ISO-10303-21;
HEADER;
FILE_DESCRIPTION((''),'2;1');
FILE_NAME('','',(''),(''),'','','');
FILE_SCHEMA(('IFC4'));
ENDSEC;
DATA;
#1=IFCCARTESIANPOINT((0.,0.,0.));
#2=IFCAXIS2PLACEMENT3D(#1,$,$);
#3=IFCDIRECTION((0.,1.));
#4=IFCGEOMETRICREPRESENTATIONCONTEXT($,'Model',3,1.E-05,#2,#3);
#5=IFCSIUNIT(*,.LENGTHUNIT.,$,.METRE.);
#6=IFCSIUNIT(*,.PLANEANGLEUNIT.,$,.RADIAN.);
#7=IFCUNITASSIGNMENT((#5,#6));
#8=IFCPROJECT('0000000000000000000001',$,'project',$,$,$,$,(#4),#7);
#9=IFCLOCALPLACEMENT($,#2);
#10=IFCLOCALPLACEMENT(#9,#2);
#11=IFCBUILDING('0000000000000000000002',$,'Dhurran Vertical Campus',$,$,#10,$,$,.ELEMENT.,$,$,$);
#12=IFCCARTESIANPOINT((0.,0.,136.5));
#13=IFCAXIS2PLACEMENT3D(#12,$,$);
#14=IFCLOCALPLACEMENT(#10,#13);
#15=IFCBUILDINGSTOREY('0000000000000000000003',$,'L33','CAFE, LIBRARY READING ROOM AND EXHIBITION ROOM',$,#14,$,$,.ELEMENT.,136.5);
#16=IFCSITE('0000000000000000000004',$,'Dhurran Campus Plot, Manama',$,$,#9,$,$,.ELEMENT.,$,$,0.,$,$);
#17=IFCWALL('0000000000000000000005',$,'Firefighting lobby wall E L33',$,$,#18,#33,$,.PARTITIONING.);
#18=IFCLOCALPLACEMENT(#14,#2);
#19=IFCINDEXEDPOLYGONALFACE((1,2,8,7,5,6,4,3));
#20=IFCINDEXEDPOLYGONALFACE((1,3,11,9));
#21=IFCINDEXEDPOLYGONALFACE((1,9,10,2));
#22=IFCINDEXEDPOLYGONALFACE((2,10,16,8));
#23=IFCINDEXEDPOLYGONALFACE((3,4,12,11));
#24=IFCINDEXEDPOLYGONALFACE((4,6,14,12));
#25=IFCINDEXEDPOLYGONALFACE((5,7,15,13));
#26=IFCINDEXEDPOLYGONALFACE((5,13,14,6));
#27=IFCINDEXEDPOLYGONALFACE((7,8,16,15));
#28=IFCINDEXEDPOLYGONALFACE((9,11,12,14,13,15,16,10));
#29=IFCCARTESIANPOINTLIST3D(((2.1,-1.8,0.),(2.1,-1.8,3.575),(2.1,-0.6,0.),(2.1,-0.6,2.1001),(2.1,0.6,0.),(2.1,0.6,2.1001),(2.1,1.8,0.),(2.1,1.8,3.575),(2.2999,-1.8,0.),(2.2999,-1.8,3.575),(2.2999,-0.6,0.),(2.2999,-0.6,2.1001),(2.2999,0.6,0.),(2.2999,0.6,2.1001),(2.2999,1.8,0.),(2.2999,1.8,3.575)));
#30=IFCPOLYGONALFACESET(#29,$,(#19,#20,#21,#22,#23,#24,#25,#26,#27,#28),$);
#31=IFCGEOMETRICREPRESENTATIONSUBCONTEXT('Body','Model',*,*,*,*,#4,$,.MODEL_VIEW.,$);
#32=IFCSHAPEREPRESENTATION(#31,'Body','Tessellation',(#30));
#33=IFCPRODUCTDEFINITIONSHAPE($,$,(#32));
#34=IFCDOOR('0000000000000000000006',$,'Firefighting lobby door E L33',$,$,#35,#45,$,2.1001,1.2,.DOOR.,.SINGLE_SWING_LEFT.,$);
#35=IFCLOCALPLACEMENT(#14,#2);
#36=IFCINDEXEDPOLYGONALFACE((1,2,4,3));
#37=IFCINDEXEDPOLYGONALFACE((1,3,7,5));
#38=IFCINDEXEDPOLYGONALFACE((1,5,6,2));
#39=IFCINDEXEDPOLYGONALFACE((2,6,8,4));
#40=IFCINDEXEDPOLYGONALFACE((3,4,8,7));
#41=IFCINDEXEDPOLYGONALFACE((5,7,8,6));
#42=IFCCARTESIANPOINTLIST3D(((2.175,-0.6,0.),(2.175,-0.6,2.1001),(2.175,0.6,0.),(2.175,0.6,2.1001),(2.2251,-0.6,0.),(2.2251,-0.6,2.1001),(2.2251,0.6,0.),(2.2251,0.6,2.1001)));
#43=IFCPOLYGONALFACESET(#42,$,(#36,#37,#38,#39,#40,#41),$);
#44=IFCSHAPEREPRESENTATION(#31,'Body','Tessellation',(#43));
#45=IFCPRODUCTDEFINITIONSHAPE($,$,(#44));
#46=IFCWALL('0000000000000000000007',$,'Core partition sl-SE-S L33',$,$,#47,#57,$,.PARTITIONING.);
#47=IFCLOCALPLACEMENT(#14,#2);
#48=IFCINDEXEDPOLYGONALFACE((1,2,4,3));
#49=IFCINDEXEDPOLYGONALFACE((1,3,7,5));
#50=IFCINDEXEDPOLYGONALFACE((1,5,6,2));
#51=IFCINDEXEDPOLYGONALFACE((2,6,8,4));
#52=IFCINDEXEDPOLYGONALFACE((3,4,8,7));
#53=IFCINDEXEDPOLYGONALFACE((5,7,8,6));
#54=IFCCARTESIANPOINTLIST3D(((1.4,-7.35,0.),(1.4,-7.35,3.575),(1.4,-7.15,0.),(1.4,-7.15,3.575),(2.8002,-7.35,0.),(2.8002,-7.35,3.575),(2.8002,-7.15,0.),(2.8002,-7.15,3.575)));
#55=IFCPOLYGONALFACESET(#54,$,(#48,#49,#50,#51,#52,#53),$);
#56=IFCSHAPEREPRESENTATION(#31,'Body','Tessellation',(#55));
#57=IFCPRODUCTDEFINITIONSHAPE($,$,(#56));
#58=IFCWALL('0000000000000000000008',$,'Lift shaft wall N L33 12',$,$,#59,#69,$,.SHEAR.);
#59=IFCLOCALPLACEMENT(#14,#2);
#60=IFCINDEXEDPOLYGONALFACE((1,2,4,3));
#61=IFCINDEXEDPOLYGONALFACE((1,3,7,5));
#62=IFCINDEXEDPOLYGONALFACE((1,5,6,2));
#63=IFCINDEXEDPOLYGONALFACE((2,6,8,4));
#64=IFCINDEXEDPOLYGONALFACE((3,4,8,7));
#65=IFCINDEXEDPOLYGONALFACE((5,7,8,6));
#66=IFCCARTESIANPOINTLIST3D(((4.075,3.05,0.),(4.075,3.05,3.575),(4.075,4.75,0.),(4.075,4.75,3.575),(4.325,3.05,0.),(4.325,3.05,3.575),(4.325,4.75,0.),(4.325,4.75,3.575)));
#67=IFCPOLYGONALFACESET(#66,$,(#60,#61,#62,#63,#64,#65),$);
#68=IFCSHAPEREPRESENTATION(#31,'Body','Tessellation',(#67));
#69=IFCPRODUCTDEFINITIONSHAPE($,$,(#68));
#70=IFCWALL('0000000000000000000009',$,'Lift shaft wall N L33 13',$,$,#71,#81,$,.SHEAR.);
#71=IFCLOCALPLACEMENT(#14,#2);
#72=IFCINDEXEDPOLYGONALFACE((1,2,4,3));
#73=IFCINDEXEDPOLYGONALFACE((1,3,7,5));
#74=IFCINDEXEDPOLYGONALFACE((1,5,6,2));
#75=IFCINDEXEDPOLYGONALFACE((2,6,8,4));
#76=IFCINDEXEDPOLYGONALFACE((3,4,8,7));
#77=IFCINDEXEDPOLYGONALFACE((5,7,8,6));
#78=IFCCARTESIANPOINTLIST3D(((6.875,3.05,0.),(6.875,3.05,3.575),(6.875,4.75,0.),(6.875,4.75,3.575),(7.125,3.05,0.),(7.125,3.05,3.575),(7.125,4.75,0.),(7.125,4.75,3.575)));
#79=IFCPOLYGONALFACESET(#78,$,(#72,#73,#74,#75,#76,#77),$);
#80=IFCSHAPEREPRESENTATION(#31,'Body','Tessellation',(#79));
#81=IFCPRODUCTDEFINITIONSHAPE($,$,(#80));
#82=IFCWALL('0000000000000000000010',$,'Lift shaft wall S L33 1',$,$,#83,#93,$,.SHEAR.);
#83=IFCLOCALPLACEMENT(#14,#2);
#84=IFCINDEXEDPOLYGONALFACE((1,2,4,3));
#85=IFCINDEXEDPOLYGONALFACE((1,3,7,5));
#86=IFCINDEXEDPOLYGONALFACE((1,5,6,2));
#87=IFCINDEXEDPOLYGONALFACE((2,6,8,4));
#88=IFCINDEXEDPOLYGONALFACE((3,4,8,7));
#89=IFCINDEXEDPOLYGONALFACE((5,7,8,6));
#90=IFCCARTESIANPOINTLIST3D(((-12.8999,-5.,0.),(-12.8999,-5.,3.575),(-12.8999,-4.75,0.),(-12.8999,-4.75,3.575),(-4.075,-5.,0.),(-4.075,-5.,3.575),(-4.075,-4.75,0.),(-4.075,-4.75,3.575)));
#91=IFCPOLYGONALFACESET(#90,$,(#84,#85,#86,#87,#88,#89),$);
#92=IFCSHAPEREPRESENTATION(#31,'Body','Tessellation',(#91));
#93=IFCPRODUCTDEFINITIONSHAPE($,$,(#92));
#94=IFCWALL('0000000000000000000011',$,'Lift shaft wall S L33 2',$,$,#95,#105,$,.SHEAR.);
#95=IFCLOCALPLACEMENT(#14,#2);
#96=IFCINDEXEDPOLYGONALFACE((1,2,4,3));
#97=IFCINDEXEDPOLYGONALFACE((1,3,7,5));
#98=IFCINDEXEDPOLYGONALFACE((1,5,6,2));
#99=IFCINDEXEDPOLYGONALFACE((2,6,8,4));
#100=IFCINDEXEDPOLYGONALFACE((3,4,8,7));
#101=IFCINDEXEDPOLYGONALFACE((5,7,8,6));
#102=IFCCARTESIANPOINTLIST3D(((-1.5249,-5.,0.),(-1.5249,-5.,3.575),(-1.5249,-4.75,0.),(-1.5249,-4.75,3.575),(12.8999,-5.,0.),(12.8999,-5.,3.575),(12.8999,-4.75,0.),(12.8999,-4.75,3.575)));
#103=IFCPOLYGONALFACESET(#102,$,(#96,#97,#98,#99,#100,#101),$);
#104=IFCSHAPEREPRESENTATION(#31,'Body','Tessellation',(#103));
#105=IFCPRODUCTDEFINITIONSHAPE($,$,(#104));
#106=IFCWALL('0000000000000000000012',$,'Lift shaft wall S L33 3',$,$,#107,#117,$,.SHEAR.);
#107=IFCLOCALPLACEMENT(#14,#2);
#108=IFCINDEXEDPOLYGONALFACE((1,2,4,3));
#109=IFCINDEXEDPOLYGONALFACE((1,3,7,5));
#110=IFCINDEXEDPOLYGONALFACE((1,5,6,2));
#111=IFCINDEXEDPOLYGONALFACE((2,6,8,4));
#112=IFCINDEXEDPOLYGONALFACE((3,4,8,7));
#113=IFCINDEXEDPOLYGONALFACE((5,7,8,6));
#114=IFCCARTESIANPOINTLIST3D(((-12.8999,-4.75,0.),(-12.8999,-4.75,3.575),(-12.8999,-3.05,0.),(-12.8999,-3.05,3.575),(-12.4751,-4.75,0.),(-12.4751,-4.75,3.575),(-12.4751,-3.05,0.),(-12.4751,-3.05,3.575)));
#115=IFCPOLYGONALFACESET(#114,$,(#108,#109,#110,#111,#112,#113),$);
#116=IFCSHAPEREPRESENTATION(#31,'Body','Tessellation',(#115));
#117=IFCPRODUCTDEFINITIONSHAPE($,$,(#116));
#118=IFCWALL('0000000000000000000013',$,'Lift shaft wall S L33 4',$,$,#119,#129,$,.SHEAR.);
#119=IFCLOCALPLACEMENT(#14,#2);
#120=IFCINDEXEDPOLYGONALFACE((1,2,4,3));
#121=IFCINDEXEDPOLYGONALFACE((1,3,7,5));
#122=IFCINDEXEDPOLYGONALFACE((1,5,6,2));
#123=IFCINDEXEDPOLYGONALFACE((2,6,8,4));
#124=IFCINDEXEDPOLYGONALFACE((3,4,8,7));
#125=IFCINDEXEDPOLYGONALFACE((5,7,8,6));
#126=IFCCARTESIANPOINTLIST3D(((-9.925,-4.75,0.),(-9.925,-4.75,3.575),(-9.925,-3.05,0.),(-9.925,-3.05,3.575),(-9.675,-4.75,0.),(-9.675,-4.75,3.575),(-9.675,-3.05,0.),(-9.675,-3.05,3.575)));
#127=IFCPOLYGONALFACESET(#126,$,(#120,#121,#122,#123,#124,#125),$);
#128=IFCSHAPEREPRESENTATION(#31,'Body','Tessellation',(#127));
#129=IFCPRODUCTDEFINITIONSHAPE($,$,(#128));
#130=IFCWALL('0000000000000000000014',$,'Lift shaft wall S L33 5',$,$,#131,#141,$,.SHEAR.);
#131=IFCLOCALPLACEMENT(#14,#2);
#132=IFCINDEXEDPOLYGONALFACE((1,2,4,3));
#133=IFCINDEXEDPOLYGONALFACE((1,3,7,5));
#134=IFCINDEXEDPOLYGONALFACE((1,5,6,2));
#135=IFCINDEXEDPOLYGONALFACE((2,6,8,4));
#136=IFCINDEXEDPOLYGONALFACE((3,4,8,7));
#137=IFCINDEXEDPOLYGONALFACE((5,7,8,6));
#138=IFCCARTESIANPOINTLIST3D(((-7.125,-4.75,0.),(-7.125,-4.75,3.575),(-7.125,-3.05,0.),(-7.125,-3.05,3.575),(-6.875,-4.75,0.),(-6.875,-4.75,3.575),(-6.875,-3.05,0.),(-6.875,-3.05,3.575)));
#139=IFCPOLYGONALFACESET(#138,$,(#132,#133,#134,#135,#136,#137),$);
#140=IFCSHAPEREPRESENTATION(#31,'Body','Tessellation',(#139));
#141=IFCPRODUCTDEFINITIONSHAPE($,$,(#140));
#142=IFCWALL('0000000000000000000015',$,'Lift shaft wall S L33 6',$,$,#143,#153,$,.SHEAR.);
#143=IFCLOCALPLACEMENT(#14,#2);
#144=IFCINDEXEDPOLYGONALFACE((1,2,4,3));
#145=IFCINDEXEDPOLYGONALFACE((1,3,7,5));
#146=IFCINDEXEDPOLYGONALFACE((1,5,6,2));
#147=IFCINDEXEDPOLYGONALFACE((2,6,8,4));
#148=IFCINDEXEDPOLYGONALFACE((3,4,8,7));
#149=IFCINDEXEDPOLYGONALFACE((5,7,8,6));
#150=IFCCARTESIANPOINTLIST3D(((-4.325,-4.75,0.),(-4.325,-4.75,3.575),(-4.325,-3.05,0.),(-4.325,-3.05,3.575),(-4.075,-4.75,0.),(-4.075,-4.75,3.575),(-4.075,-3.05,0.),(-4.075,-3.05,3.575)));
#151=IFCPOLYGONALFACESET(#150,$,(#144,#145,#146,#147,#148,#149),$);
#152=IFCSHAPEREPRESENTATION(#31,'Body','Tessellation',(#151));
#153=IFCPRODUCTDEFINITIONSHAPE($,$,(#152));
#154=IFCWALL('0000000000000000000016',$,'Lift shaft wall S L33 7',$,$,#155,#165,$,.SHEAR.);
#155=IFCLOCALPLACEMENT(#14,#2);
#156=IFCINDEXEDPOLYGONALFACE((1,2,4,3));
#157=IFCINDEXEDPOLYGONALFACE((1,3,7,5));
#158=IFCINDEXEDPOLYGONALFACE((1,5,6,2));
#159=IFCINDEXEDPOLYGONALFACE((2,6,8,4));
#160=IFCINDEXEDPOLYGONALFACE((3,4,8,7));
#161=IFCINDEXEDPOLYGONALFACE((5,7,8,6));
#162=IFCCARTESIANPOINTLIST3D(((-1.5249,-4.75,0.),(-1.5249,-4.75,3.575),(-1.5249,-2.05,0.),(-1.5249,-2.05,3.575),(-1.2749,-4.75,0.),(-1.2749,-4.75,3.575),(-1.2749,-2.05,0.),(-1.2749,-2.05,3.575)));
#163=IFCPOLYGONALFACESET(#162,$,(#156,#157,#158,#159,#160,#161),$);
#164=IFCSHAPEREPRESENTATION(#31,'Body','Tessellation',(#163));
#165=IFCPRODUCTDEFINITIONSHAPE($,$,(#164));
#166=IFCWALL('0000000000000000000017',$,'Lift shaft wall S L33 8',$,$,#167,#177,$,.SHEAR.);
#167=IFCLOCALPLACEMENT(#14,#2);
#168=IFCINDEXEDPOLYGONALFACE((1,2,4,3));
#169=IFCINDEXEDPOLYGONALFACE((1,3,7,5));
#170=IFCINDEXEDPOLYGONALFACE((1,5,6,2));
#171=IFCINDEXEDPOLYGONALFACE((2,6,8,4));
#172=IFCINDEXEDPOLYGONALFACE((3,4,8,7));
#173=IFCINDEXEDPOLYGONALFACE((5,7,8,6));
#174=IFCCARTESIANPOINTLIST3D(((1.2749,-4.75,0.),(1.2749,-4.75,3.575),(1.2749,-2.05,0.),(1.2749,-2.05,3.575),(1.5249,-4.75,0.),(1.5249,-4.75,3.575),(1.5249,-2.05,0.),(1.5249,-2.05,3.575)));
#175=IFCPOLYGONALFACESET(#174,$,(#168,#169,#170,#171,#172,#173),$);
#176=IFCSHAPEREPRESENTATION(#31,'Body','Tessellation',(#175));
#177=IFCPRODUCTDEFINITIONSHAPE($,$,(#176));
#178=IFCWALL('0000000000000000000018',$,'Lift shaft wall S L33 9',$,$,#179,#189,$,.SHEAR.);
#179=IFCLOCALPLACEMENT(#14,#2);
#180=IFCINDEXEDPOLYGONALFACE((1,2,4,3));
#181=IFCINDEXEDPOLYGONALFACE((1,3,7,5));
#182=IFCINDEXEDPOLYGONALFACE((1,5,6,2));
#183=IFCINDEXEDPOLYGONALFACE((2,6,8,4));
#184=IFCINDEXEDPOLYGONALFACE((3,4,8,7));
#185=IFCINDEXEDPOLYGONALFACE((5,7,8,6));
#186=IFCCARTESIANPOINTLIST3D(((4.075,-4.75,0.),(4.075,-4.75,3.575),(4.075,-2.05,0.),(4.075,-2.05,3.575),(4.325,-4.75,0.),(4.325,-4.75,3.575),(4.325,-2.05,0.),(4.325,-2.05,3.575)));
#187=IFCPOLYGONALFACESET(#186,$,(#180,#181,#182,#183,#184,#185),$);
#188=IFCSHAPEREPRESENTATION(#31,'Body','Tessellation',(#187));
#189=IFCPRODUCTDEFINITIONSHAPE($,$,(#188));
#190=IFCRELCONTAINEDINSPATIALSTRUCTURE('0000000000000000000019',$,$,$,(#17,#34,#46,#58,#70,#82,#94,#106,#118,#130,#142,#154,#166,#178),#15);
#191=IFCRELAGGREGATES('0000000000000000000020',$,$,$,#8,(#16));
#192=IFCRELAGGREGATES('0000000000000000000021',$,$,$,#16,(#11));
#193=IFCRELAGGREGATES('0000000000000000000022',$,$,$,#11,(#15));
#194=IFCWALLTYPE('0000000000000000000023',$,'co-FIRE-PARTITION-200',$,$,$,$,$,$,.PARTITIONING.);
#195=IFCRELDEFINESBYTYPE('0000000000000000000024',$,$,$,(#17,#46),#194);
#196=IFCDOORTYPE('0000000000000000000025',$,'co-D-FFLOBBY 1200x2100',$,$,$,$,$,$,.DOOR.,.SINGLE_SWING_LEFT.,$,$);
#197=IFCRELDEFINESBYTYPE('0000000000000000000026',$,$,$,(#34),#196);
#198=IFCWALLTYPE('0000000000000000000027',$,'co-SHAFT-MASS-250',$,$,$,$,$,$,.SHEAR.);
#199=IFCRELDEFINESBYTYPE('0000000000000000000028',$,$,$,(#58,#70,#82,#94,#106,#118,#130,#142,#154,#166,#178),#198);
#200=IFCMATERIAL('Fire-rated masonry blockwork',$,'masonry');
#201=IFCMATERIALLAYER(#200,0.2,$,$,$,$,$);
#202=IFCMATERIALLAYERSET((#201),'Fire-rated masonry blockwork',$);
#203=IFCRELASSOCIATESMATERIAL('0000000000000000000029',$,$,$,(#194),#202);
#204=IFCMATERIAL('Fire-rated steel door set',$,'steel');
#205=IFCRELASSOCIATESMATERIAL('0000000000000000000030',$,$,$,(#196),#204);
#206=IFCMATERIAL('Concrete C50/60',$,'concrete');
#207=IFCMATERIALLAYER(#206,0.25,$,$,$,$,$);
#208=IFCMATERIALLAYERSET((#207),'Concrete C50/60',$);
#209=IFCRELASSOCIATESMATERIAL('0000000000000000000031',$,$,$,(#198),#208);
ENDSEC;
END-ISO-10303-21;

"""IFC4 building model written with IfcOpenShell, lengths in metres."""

from ifc_helpers import new_model, si_unit, direction, frame, frame_2d, origin, place, context, subcontext, project, spatial, polyline, rectangle, outline, extrude, material, layer, layer_set, type_object, element, fill, save


model = new_model("IFC4")

# Units and contexts
model_context = context("Model", 3, precision=1e-05, world=origin(), true_north=direction((0.0, 1.0)))
body_context = subcontext(model_context, "Body", "Model", "MODEL_VIEW")
ifc_project = project(units=[si_unit("LENGTHUNIT", "METRE"), si_unit("PLANEANGLEUNIT", "RADIAN")], contexts=[model_context])

# Site, building, storey
site_placement = place(None, origin())
site = spatial("IfcSite", under=ifc_project, at=site_placement, Name="Dhurran Campus Plot, Manama", CompositionType="ELEMENT", RefElevation=0.0)
building_placement = place(site_placement, origin())
building = spatial("IfcBuilding", under=site, at=building_placement, Name="Dhurran Vertical Campus", CompositionType="ELEMENT")
storey_placement = place(building_placement, frame((0.0, 0.0, 136.5)))
storey = spatial("IfcBuildingStorey", under=building, at=storey_placement, Name="L33", Description="CAFE, LIBRARY READING ROOM AND EXHIBITION ROOM", CompositionType="ELEMENT", Elevation=136.5)

# Wall, opening, door
ifc_material_1 = material(Name="Fire-rated masonry blockwork", Category="masonry")
ifc_layer_1 = layer(ifc_material_1, 0.2)
ifc_layer_set_1 = layer_set([ifc_layer_1], Name="Fire-rated masonry blockwork")
wall_type_1 = type_object("IfcWallType", Name="co-FIRE-PARTITION-200", PredefinedType="PARTITIONING", material=ifc_layer_set_1)
wall_1_placement = place(storey_placement, frame((2.2, -1.8, 0.0), z_axis=(0.0, 0.0, 1.0), x_axis=(0.0, 1.0, 0.0)))
wall_1 = element("IfcWall", 1, at=wall_1_placement, inside=storey, type_object=wall_type_1, Name="Firefighting lobby wall E L33", PredefinedType="PARTITIONING", context=body_context, shape_type="SweptSolid", body=[
    extrude(rectangle(XDim=3.6001, YDim=0.2, at=frame_2d((1.8, 0.0))), origin(), (0.0, 0.0, 1.0), 3.575),
])
opening_1_placement = place(wall_1_placement, frame((1.2, 0.0, 0.0)))
opening_1 = element("IfcOpeningElement", 2, at=opening_1_placement, cuts=wall_1, PredefinedType="OPENING", context=body_context, shape_type="SweptSolid", body=[
    extrude(rectangle(XDim=1.2, YDim=2.1001, at=frame_2d((0.6001, 1.05))), frame((0.0, 0.1099, 0.0), z_axis=(0.0, -1.0, 0.0), x_axis=(1.0, 0.0, 0.0)), (0.0, 0.0, 1.0), 0.22),
])
ifc_material_2 = material(Name="Fire-rated steel door set", Category="steel")
door_type_1 = type_object("IfcDoorType", Name="co-D-FFLOBBY 1200x2100", OperationType="SINGLE_SWING_LEFT", PredefinedType="DOOR", material=ifc_material_2)
door_1_placement = place(opening_1_placement, origin())
door_1 = element("IfcDoor", 3, at=door_1_placement, inside=storey, type_object=door_type_1, Name="Firefighting lobby door E L33", OperationType="SINGLE_SWING_LEFT", OverallHeight=2.1001, OverallWidth=1.2, PredefinedType="DOOR", context=body_context, shape_type="SweptSolid", body=[
    extrude(rectangle(XDim=1.2, YDim=2.1001, at=frame_2d((0.6001, 1.05))), frame((0.0, 0.0249, 0.0), z_axis=(0.0, -1.0, 0.0), x_axis=(1.0, 0.0, 0.0)), (0.0, 0.0, 1.0), 0.05),
])
fill(opening_1, door_1)

# Walls
wall_2_placement = place(storey_placement, frame((1.3999, -7.25, 0.0), z_axis=(0.0, 0.0, 1.0), x_axis=(1.0, 0.0, 0.0)))
element("IfcWall", 4, at=wall_2_placement, inside=storey, type_object=wall_type_1, Name="Core partition sl-SE-S L33", PredefinedType="PARTITIONING", context=body_context, shape_type="SweptSolid", body=[
    extrude(rectangle(XDim=1.4001, YDim=0.2, at=frame_2d((0.7002, 0.0))), origin(), (0.0, 0.0, 1.0), 3.575),
])
ifc_material_3 = material(Name="Concrete C50/60", Category="concrete")
ifc_layer_2 = layer(ifc_material_3, 0.25)
ifc_layer_set_2 = layer_set([ifc_layer_2], Name="Concrete C50/60")
wall_type_2 = type_object("IfcWallType", Name="co-SHAFT-MASS-250", PredefinedType="SHEAR", material=ifc_layer_set_2)
wall_3_placement = place(storey_placement, origin())
element("IfcWall", 5, at=wall_3_placement, inside=storey, type_object=wall_type_2, Name="Lift shaft wall N L33 12", PredefinedType="SHEAR", context=body_context, shape_type="SweptSolid", body=[
    extrude(outline(polyline([(4.075, 3.05), (4.325, 3.05), (4.325, 4.75), (4.075, 4.75), (4.075, 3.05)])), origin(), (0.0, 0.0, 1.0), 3.575),
])
wall_4_placement = place(storey_placement, origin())
element("IfcWall", 6, at=wall_4_placement, inside=storey, type_object=wall_type_2, Name="Lift shaft wall N L33 13", PredefinedType="SHEAR", context=body_context, shape_type="SweptSolid", body=[
    extrude(outline(polyline([(6.875, 3.05), (7.125, 3.05), (7.125, 4.75), (6.875, 4.75), (6.875, 3.05)])), origin(), (0.0, 0.0, 1.0), 3.575),
])
wall_5_placement = place(storey_placement, origin())
element("IfcWall", 7, at=wall_5_placement, inside=storey, type_object=wall_type_2, Name="Lift shaft wall S L33 1", PredefinedType="SHEAR", context=body_context, shape_type="SweptSolid", body=[
    extrude(outline(polyline([(-12.8999, -5.0), (-4.075, -5.0), (-4.075, -4.75), (-12.8999, -4.75), (-12.8999, -5.0)])), origin(), (0.0, 0.0, 1.0), 3.575),
])
wall_6_placement = place(storey_placement, origin())
element("IfcWall", 8, at=wall_6_placement, inside=storey, type_object=wall_type_2, Name="Lift shaft wall S L33 2", PredefinedType="SHEAR", context=body_context, shape_type="SweptSolid", body=[
    extrude(outline(polyline([(-1.5249, -5.0), (12.8999, -5.0), (12.8999, -4.75), (-1.5249, -4.75), (-1.5249, -5.0)])), origin(), (0.0, 0.0, 1.0), 3.575),
])
wall_7_placement = place(storey_placement, origin())
element("IfcWall", 9, at=wall_7_placement, inside=storey, type_object=wall_type_2, Name="Lift shaft wall S L33 3", PredefinedType="SHEAR", context=body_context, shape_type="SweptSolid", body=[
    extrude(outline(polyline([(-12.8999, -4.75), (-12.4751, -4.75), (-12.4751, -3.05), (-12.8999, -3.05), (-12.8999, -4.75)])), origin(), (0.0, 0.0, 1.0), 3.575),
])
wall_8_placement = place(storey_placement, origin())
element("IfcWall", 10, at=wall_8_placement, inside=storey, type_object=wall_type_2, Name="Lift shaft wall S L33 4", PredefinedType="SHEAR", context=body_context, shape_type="SweptSolid", body=[
    extrude(outline(polyline([(-9.925, -4.75), (-9.675, -4.75), (-9.675, -3.05), (-9.925, -3.05), (-9.925, -4.75)])), origin(), (0.0, 0.0, 1.0), 3.575),
])
wall_9_placement = place(storey_placement, origin())
element("IfcWall", 11, at=wall_9_placement, inside=storey, type_object=wall_type_2, Name="Lift shaft wall S L33 5", PredefinedType="SHEAR", context=body_context, shape_type="SweptSolid", body=[
    extrude(outline(polyline([(-7.125, -4.75), (-6.875, -4.75), (-6.875, -3.05), (-7.125, -3.05), (-7.125, -4.75)])), origin(), (0.0, 0.0, 1.0), 3.575),
])
wall_10_placement = place(storey_placement, origin())
element("IfcWall", 12, at=wall_10_placement, inside=storey, type_object=wall_type_2, Name="Lift shaft wall S L33 6", PredefinedType="SHEAR", context=body_context, shape_type="SweptSolid", body=[
    extrude(outline(polyline([(-4.325, -4.75), (-4.075, -4.75), (-4.075, -3.05), (-4.325, -3.05), (-4.325, -4.75)])), origin(), (0.0, 0.0, 1.0), 3.575),
])
wall_11_placement = place(storey_placement, origin())
element("IfcWall", 13, at=wall_11_placement, inside=storey, type_object=wall_type_2, Name="Lift shaft wall S L33 7", PredefinedType="SHEAR", context=body_context, shape_type="SweptSolid", body=[
    extrude(outline(polyline([(-1.5249, -4.75), (-1.2749, -4.75), (-1.2749, -2.05), (-1.5249, -2.05), (-1.5249, -4.75)])), origin(), (0.0, 0.0, 1.0), 3.575),
])
wall_12_placement = place(storey_placement, origin())
element("IfcWall", 14, at=wall_12_placement, inside=storey, type_object=wall_type_2, Name="Lift shaft wall S L33 8", PredefinedType="SHEAR", context=body_context, shape_type="SweptSolid", body=[
    extrude(outline(polyline([(1.2749, -4.75), (1.5249, -4.75), (1.5249, -2.05), (1.2749, -2.05), (1.2749, -4.75)])), origin(), (0.0, 0.0, 1.0), 3.575),
])
wall_13_placement = place(storey_placement, origin())
element("IfcWall", 15, at=wall_13_placement, inside=storey, type_object=wall_type_2, Name="Lift shaft wall S L33 9", PredefinedType="SHEAR", context=body_context, shape_type="SweptSolid", body=[
    extrude(outline(polyline([(4.075, -4.75), (4.325, -4.75), (4.325, -2.05), (4.075, -2.05), (4.075, -4.75)])), origin(), (0.0, 0.0, 1.0), 3.575),
])

save(model, "model.ifc")
